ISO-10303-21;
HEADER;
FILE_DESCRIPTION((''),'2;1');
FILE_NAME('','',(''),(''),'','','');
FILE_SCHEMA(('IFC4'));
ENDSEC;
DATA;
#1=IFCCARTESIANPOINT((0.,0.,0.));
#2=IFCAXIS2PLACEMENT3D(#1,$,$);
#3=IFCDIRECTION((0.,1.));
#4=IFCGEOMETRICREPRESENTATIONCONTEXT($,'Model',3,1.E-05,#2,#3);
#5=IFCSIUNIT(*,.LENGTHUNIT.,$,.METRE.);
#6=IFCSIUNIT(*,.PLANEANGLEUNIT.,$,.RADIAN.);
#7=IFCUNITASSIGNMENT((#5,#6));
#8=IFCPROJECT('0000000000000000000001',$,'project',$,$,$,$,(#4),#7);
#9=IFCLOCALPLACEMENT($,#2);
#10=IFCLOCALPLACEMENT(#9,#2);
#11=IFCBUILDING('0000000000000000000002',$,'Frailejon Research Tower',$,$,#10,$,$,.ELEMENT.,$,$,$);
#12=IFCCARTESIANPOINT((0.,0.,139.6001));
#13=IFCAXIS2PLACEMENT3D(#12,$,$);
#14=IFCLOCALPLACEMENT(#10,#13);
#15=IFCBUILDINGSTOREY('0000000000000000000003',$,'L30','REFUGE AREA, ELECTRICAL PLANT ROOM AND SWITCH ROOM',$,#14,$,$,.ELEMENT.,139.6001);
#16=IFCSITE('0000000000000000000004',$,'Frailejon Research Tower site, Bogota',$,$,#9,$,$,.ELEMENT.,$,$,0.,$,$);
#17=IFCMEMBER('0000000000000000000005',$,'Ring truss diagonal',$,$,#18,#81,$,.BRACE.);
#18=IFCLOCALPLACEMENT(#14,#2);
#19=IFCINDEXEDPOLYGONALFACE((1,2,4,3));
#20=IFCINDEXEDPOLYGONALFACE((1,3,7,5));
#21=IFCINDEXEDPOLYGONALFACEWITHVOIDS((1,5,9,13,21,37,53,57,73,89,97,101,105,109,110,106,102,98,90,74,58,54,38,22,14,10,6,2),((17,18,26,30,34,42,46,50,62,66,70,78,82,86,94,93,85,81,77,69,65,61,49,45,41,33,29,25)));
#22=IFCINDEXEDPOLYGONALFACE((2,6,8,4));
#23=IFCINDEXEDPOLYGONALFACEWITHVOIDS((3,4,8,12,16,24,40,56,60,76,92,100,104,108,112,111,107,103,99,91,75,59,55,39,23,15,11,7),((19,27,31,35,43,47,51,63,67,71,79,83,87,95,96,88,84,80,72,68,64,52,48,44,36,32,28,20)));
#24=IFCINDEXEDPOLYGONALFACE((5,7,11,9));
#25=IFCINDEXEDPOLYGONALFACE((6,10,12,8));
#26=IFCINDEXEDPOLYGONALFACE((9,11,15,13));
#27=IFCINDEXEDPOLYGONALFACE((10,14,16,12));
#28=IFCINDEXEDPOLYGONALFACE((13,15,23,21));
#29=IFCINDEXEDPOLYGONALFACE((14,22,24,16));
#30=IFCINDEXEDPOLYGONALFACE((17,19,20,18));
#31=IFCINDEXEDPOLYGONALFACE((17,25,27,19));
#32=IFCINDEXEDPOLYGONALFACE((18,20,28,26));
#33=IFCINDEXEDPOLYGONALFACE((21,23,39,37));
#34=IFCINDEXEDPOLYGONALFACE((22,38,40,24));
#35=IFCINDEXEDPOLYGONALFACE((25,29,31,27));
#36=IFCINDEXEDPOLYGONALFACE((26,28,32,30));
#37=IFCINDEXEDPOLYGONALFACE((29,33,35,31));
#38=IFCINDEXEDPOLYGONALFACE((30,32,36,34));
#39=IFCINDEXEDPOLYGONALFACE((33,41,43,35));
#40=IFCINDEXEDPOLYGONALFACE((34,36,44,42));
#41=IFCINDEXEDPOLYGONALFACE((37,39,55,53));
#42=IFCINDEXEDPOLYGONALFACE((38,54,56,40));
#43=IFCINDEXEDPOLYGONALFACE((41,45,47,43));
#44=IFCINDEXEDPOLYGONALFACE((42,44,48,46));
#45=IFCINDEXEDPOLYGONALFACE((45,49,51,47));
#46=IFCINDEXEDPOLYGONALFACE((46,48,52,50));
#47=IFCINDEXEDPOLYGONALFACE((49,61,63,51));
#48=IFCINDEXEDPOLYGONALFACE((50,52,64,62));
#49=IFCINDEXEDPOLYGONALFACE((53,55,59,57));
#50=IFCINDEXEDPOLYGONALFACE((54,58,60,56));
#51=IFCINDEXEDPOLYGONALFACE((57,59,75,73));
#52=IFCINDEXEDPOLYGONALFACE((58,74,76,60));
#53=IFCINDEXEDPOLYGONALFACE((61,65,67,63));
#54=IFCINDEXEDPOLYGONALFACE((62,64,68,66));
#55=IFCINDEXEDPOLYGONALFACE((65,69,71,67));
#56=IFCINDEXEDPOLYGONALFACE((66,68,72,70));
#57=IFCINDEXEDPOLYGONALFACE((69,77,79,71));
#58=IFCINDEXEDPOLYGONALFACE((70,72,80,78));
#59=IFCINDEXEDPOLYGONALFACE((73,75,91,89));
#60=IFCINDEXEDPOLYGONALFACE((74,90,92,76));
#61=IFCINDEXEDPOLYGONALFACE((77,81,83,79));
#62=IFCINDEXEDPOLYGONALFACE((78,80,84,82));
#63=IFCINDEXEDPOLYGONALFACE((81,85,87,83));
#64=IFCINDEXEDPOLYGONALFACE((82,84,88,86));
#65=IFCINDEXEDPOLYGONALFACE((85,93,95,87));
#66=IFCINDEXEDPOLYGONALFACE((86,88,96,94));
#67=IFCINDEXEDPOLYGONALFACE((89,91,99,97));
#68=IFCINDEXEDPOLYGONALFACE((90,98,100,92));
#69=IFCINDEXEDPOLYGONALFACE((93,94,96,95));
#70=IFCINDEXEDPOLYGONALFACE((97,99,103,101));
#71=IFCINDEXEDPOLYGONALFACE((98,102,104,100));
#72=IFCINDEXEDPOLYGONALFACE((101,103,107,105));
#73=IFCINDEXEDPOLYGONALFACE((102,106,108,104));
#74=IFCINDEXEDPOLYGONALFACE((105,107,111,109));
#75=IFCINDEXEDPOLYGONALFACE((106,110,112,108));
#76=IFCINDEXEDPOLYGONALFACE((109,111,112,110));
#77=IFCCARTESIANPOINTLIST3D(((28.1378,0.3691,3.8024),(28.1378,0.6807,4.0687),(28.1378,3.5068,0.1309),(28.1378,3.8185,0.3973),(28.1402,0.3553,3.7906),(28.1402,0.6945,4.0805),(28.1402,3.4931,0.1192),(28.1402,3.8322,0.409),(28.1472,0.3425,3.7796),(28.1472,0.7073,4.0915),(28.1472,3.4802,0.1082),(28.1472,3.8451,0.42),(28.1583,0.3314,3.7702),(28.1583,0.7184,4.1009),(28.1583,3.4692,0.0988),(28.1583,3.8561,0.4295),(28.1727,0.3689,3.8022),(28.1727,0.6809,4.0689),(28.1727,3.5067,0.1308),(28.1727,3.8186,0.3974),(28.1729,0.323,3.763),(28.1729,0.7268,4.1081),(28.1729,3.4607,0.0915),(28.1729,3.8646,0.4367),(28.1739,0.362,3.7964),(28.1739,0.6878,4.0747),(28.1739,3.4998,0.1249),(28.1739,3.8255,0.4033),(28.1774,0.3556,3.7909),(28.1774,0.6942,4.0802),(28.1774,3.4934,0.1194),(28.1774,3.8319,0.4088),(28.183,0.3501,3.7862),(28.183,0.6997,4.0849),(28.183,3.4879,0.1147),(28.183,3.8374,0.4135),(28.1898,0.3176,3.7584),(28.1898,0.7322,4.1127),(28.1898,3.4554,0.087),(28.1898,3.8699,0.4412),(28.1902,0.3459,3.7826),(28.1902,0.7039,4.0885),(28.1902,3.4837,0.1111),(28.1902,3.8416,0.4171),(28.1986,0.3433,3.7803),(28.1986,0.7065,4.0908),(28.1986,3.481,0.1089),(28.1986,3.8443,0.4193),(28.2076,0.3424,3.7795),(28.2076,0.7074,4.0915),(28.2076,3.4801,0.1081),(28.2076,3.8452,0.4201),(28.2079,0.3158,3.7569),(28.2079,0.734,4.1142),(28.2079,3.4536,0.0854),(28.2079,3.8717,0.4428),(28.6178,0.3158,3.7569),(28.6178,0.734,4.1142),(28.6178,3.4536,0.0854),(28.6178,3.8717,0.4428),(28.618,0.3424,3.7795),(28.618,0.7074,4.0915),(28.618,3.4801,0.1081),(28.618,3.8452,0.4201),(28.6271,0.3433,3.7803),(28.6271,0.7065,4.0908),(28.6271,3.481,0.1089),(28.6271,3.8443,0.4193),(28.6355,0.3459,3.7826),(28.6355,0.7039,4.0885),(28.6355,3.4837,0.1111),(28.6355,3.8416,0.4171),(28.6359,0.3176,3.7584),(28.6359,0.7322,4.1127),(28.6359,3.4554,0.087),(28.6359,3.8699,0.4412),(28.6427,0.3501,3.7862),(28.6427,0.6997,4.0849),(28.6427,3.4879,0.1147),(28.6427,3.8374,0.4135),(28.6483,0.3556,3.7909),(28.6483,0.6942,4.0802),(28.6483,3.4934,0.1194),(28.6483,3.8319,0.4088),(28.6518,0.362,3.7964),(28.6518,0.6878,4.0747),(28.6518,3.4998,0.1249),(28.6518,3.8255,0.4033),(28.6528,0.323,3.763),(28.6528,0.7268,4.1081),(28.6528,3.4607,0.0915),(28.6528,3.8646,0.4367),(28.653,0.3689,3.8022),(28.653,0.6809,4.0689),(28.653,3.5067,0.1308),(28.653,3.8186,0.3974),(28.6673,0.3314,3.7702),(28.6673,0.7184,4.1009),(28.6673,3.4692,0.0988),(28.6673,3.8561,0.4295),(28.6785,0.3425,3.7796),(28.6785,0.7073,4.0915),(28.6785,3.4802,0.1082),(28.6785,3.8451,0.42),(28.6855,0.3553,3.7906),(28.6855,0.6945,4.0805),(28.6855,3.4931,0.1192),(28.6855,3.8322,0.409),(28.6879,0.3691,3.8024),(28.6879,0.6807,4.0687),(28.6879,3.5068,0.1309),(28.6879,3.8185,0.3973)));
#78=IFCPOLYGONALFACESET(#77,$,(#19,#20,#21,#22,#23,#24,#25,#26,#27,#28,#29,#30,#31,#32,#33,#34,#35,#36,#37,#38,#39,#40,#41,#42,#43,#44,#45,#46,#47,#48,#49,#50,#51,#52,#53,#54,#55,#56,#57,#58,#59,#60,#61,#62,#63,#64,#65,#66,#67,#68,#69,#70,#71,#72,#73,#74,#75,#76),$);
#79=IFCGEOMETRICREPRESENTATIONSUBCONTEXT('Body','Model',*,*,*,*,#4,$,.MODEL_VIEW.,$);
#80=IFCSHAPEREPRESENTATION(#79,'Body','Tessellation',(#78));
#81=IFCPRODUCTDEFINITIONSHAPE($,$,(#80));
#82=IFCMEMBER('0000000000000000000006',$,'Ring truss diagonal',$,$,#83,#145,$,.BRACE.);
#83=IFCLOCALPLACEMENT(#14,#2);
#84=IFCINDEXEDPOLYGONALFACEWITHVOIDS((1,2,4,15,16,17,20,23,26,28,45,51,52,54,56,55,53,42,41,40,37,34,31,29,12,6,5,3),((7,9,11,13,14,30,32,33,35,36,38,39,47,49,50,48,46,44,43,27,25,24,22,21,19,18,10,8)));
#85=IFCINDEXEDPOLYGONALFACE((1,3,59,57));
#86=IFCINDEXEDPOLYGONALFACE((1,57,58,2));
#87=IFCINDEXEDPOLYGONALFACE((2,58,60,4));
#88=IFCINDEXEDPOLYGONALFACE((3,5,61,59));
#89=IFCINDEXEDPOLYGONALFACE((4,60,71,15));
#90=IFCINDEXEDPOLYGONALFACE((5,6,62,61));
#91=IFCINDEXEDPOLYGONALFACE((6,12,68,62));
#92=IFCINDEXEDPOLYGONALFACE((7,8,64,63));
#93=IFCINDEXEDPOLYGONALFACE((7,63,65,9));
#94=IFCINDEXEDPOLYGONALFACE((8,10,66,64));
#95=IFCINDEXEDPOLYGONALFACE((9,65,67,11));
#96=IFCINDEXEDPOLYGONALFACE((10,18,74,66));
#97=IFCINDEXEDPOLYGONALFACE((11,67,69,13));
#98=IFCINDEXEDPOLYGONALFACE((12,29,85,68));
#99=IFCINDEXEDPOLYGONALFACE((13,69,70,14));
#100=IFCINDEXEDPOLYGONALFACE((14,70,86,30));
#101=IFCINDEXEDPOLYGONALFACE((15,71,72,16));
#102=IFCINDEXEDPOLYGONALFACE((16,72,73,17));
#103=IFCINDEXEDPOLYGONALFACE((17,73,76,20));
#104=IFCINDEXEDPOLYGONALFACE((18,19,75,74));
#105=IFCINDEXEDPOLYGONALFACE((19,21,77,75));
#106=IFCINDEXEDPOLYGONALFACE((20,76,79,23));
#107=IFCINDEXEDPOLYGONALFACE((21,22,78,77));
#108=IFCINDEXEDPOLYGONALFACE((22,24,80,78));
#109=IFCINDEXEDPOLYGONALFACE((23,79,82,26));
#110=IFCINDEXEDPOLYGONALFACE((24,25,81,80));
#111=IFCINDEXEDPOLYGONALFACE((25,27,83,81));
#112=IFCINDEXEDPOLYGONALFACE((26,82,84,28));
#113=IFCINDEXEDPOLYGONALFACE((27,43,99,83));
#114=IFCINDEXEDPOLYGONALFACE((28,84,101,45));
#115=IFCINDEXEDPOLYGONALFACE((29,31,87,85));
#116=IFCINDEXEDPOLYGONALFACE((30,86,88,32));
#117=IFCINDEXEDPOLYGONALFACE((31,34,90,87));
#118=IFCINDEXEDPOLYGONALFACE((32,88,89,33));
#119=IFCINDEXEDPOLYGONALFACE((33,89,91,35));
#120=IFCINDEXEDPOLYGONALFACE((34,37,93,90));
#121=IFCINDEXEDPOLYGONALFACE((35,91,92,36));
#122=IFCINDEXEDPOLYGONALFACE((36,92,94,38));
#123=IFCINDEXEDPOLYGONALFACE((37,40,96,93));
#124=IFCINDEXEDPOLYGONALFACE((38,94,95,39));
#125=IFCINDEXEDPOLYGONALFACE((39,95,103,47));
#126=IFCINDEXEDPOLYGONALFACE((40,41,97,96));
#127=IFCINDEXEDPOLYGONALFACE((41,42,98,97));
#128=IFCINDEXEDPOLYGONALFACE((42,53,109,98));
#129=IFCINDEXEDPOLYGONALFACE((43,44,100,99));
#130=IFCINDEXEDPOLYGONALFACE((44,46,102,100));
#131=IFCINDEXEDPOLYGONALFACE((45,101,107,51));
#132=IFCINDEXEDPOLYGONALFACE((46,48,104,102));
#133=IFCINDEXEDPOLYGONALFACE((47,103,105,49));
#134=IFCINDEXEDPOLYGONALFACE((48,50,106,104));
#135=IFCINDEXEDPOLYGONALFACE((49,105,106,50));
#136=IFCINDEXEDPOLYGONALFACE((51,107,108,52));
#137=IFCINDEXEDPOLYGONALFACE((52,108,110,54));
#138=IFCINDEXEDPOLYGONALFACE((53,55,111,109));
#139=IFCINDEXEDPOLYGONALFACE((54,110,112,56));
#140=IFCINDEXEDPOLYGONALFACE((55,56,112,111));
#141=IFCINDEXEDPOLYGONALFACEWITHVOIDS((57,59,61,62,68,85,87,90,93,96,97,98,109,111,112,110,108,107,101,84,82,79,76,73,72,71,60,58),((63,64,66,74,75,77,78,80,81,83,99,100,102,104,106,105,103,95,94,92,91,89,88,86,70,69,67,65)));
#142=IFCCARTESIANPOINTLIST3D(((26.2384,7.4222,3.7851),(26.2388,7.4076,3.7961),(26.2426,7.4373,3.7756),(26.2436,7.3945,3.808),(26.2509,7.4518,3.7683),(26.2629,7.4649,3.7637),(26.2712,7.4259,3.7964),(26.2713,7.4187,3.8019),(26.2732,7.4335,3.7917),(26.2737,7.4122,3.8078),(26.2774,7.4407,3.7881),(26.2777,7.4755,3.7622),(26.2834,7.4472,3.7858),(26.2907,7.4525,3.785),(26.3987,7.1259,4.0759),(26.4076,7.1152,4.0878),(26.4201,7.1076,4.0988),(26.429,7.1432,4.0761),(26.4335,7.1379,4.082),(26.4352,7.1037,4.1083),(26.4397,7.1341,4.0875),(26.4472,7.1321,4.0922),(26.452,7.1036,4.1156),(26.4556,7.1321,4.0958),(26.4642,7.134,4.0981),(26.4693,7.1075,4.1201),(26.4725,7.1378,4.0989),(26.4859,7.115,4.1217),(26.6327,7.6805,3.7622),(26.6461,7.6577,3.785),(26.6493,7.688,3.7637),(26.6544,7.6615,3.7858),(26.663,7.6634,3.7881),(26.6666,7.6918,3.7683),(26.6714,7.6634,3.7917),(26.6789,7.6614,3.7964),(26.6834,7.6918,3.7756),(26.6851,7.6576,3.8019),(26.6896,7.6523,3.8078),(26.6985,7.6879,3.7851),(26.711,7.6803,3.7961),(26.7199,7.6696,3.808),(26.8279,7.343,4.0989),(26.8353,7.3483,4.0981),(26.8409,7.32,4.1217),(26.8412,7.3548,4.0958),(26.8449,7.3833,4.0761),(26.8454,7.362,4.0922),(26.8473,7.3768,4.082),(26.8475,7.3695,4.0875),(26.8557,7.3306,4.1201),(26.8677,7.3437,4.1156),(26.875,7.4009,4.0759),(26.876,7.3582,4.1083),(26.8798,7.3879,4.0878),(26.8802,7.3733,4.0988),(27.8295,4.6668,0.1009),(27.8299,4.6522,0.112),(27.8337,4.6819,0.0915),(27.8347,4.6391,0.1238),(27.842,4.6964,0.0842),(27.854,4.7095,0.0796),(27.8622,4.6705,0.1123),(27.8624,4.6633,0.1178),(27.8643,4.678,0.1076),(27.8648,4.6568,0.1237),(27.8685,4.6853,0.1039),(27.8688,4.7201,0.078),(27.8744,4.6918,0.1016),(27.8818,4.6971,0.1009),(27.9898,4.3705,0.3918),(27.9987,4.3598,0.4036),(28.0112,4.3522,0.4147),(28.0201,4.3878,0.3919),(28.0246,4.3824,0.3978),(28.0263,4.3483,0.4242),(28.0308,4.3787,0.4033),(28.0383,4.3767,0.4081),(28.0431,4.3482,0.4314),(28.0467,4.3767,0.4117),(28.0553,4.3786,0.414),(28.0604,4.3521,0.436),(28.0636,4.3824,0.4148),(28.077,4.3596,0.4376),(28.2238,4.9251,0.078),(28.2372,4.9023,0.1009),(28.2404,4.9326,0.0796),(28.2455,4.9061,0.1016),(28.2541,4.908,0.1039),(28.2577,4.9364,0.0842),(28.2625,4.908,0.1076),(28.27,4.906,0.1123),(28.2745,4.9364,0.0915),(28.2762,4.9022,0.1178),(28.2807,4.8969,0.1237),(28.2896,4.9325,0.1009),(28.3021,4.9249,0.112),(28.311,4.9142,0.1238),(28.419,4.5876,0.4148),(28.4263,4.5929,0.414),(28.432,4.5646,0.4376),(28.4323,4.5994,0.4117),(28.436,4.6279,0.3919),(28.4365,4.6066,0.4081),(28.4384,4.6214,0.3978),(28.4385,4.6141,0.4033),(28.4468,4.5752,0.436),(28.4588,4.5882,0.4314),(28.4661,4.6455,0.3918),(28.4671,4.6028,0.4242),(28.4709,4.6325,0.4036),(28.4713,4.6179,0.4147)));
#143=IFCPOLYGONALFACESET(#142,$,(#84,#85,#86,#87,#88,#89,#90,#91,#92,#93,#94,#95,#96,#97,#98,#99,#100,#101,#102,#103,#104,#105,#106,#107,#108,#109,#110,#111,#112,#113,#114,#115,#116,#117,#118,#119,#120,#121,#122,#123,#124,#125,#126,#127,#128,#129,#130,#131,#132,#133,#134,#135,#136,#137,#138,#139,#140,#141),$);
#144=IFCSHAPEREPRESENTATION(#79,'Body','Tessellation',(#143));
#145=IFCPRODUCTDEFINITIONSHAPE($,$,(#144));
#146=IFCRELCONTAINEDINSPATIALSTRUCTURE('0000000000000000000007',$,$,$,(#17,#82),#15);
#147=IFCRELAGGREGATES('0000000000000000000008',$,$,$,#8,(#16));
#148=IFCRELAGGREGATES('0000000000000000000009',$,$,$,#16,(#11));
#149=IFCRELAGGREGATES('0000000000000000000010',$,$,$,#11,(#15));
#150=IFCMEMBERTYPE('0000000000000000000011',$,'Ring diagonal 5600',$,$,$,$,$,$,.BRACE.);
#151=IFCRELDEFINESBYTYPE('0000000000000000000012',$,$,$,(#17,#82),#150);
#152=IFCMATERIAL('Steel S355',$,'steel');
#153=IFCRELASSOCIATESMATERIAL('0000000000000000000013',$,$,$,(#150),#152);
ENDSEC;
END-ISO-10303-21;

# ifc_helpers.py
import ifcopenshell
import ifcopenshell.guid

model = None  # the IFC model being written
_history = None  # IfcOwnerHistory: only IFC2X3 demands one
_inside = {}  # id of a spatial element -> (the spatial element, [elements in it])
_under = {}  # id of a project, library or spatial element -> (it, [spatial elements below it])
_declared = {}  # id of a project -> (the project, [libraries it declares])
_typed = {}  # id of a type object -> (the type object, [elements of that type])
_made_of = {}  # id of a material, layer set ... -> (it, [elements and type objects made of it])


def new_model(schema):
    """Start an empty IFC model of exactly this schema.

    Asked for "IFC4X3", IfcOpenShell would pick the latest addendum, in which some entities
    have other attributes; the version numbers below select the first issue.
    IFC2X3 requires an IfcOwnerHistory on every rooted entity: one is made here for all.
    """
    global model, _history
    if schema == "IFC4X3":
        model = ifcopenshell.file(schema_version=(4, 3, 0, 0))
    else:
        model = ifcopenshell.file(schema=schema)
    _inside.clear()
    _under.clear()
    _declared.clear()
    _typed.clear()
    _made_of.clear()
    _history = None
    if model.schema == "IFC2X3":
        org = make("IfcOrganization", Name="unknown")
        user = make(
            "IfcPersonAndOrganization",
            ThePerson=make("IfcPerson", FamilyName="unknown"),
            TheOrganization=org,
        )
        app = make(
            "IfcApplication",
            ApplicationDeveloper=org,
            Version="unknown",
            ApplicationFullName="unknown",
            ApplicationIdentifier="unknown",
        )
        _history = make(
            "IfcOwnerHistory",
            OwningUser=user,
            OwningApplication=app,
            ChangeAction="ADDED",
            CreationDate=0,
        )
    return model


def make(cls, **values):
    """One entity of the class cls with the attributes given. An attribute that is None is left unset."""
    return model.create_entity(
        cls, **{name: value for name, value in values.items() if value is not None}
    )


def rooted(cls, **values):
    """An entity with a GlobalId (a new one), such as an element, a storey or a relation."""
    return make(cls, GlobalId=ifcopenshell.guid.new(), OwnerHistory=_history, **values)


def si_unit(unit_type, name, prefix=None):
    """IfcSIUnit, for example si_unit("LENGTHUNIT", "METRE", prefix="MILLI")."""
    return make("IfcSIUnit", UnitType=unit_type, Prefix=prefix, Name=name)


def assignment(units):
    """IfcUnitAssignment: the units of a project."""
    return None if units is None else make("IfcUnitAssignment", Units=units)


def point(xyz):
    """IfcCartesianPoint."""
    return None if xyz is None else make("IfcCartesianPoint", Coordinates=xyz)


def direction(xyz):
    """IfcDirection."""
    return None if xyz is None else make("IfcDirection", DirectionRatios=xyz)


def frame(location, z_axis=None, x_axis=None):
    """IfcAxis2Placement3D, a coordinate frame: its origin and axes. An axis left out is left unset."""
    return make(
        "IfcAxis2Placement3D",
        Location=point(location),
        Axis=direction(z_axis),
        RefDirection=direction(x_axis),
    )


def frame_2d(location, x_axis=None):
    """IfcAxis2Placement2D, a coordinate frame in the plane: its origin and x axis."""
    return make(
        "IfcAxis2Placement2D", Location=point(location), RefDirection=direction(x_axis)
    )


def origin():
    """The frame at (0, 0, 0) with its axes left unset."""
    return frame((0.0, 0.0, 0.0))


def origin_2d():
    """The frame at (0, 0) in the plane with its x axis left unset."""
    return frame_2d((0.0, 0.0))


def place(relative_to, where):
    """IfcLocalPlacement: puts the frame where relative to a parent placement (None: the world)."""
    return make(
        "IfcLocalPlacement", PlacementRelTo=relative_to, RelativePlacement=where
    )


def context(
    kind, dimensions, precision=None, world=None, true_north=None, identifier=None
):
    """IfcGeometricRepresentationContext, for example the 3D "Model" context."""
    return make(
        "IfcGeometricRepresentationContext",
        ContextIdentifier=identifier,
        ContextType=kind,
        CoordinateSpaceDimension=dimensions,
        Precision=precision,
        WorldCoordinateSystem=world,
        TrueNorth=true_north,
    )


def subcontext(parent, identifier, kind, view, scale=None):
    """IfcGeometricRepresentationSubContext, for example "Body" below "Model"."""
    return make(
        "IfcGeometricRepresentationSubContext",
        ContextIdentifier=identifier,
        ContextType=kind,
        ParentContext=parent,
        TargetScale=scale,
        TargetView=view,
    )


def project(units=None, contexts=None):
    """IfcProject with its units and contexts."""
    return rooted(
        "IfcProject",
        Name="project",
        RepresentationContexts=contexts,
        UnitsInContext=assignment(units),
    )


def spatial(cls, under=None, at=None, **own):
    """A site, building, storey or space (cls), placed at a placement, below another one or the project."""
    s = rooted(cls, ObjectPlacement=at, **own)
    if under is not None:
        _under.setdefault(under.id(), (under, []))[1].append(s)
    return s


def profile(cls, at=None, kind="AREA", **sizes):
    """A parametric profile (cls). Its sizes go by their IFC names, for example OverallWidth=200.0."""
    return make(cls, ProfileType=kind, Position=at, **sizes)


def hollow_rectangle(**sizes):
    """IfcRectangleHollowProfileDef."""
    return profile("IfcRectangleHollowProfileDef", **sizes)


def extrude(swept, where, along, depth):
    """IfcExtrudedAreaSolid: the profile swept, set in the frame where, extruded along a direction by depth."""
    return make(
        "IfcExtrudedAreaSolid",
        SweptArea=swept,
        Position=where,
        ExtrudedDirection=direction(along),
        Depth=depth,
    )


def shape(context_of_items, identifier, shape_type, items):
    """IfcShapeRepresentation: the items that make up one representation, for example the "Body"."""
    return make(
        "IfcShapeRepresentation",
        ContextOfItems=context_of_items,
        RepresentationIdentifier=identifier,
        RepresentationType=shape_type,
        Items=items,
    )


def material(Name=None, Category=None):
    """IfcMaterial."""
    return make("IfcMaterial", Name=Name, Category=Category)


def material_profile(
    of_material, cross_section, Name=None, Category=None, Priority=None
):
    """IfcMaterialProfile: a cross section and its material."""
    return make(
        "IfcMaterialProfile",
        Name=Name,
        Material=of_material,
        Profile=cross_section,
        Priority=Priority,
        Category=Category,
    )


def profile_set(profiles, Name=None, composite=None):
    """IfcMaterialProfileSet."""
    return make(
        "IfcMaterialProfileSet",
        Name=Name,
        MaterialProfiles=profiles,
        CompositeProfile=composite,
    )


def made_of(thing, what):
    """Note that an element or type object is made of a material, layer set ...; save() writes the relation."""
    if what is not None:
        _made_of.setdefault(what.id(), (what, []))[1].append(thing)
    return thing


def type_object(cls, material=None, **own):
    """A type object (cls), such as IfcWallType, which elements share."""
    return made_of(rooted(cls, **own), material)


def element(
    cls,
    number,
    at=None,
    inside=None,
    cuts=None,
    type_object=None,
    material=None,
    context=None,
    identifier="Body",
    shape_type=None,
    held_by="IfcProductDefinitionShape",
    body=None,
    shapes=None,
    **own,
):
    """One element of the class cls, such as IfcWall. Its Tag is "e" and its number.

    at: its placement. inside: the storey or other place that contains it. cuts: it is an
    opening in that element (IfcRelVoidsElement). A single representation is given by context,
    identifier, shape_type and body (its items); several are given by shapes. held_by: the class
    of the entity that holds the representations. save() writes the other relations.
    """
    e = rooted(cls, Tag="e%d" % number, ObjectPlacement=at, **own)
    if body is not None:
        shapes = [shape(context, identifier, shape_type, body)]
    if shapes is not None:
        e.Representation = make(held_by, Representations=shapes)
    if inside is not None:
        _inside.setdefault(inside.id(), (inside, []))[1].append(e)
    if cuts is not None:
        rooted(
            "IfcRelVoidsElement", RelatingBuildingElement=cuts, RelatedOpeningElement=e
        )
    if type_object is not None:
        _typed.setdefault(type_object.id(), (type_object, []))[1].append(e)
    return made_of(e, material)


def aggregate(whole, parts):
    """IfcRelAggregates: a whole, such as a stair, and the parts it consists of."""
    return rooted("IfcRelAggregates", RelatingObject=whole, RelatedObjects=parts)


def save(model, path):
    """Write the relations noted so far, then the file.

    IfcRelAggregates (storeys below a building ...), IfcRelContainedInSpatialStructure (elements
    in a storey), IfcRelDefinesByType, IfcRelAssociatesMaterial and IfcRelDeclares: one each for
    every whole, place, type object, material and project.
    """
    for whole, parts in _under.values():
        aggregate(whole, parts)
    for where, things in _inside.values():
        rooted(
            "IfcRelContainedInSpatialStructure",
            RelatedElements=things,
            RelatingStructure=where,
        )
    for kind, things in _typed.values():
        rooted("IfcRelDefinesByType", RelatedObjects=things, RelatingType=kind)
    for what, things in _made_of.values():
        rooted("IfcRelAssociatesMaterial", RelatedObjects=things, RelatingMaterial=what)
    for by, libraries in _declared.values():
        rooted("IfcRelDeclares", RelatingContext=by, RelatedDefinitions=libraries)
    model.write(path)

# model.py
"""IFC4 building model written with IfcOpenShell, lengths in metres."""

from ifc_helpers import new_model, si_unit, direction, frame, origin, origin_2d, place, context, subcontext, project, spatial, hollow_rectangle, extrude, material, material_profile, profile_set, type_object, element, save


model = new_model("IFC4")

# Units and contexts
model_context = context("Model", 3, precision=1e-05, world=origin(), true_north=direction((0.0, 1.0)))
body_context = subcontext(model_context, "Body", "Model", "MODEL_VIEW")
ifc_project = project(units=[si_unit("LENGTHUNIT", "METRE"), si_unit("PLANEANGLEUNIT", "RADIAN")], contexts=[model_context])

# Site, building, storey
site_placement = place(None, origin())
site = spatial("IfcSite", under=ifc_project, at=site_placement, Name="Frailejon Research Tower site, Bogota", CompositionType="ELEMENT", RefElevation=0.0)
building_placement = place(site_placement, origin())
building = spatial("IfcBuilding", under=site, at=building_placement, Name="Frailejon Research Tower", CompositionType="ELEMENT")
storey_placement = place(building_placement, frame((0.0, 0.0, 139.6001)))
storey = spatial("IfcBuildingStorey", under=building, at=storey_placement, Name="L30", Description="REFUGE AREA, ELECTRICAL PLANT ROOM AND SWITCH ROOM", CompositionType="ELEMENT", Elevation=139.6001)

# Members
ifc_material_1 = material(Name="Steel S355", Category="steel")
ifc_material_profile_1 = material_profile(ifc_material_1, hollow_rectangle(XDim=0.55, YDim=0.55, WallThickness=0.0349, InnerFilletRadius=0.0349, OuterFilletRadius=0.0701, at=origin_2d()), Name="Ring diagonal 5600")
ifc_profile_set_1 = profile_set([ifc_material_profile_1], Name="Steel S355")
member_type = type_object("IfcMemberType", Name="Ring diagonal 5600", PredefinedType="BRACE", material=ifc_profile_set_1)
member_placement = place(storey_placement, frame((28.4128, 0.5249, 3.9355), z_axis=(0.0, 0.649692, -0.760198), x_axis=(-1.0, 0.0, 0.0)))
element("IfcMember", 1, at=member_placement, inside=storey, type_object=member_type, Name="Ring truss diagonal", PredefinedType="BRACE", context=body_context, shape_type="SweptSolid", body=[
    extrude(hollow_rectangle(XDim=0.55, YDim=0.55, WallThickness=0.0349, InnerFilletRadius=0.0349, OuterFilletRadius=0.0701, at=origin_2d()), origin(), (0.0, 0.0, 1.0), 4.8296),
])
for number, where, z_axis, x_axis, name in (
    (2, (28.1504, 4.6423, 0.2578), (-0.326851, 0.566034, 0.756818), (-0.865991, -0.500059, 0.0), "Ring truss diagonal"),
):
    element("IfcMember", number, at=place(storey_placement, frame(where, z_axis=z_axis, x_axis=x_axis)), inside=storey, type_object=member_type, Name=name, PredefinedType="BRACE", context=body_context, shape_type="SweptSolid", body=[
        extrude(hollow_rectangle(XDim=0.55, YDim=0.55, WallThickness=0.0349, InnerFilletRadius=0.0349, OuterFilletRadius=0.0701, at=origin_2d()), origin(), (0.0, 0.0, 1.0), 4.8679),
    ])

save(model, "model.ifc")
